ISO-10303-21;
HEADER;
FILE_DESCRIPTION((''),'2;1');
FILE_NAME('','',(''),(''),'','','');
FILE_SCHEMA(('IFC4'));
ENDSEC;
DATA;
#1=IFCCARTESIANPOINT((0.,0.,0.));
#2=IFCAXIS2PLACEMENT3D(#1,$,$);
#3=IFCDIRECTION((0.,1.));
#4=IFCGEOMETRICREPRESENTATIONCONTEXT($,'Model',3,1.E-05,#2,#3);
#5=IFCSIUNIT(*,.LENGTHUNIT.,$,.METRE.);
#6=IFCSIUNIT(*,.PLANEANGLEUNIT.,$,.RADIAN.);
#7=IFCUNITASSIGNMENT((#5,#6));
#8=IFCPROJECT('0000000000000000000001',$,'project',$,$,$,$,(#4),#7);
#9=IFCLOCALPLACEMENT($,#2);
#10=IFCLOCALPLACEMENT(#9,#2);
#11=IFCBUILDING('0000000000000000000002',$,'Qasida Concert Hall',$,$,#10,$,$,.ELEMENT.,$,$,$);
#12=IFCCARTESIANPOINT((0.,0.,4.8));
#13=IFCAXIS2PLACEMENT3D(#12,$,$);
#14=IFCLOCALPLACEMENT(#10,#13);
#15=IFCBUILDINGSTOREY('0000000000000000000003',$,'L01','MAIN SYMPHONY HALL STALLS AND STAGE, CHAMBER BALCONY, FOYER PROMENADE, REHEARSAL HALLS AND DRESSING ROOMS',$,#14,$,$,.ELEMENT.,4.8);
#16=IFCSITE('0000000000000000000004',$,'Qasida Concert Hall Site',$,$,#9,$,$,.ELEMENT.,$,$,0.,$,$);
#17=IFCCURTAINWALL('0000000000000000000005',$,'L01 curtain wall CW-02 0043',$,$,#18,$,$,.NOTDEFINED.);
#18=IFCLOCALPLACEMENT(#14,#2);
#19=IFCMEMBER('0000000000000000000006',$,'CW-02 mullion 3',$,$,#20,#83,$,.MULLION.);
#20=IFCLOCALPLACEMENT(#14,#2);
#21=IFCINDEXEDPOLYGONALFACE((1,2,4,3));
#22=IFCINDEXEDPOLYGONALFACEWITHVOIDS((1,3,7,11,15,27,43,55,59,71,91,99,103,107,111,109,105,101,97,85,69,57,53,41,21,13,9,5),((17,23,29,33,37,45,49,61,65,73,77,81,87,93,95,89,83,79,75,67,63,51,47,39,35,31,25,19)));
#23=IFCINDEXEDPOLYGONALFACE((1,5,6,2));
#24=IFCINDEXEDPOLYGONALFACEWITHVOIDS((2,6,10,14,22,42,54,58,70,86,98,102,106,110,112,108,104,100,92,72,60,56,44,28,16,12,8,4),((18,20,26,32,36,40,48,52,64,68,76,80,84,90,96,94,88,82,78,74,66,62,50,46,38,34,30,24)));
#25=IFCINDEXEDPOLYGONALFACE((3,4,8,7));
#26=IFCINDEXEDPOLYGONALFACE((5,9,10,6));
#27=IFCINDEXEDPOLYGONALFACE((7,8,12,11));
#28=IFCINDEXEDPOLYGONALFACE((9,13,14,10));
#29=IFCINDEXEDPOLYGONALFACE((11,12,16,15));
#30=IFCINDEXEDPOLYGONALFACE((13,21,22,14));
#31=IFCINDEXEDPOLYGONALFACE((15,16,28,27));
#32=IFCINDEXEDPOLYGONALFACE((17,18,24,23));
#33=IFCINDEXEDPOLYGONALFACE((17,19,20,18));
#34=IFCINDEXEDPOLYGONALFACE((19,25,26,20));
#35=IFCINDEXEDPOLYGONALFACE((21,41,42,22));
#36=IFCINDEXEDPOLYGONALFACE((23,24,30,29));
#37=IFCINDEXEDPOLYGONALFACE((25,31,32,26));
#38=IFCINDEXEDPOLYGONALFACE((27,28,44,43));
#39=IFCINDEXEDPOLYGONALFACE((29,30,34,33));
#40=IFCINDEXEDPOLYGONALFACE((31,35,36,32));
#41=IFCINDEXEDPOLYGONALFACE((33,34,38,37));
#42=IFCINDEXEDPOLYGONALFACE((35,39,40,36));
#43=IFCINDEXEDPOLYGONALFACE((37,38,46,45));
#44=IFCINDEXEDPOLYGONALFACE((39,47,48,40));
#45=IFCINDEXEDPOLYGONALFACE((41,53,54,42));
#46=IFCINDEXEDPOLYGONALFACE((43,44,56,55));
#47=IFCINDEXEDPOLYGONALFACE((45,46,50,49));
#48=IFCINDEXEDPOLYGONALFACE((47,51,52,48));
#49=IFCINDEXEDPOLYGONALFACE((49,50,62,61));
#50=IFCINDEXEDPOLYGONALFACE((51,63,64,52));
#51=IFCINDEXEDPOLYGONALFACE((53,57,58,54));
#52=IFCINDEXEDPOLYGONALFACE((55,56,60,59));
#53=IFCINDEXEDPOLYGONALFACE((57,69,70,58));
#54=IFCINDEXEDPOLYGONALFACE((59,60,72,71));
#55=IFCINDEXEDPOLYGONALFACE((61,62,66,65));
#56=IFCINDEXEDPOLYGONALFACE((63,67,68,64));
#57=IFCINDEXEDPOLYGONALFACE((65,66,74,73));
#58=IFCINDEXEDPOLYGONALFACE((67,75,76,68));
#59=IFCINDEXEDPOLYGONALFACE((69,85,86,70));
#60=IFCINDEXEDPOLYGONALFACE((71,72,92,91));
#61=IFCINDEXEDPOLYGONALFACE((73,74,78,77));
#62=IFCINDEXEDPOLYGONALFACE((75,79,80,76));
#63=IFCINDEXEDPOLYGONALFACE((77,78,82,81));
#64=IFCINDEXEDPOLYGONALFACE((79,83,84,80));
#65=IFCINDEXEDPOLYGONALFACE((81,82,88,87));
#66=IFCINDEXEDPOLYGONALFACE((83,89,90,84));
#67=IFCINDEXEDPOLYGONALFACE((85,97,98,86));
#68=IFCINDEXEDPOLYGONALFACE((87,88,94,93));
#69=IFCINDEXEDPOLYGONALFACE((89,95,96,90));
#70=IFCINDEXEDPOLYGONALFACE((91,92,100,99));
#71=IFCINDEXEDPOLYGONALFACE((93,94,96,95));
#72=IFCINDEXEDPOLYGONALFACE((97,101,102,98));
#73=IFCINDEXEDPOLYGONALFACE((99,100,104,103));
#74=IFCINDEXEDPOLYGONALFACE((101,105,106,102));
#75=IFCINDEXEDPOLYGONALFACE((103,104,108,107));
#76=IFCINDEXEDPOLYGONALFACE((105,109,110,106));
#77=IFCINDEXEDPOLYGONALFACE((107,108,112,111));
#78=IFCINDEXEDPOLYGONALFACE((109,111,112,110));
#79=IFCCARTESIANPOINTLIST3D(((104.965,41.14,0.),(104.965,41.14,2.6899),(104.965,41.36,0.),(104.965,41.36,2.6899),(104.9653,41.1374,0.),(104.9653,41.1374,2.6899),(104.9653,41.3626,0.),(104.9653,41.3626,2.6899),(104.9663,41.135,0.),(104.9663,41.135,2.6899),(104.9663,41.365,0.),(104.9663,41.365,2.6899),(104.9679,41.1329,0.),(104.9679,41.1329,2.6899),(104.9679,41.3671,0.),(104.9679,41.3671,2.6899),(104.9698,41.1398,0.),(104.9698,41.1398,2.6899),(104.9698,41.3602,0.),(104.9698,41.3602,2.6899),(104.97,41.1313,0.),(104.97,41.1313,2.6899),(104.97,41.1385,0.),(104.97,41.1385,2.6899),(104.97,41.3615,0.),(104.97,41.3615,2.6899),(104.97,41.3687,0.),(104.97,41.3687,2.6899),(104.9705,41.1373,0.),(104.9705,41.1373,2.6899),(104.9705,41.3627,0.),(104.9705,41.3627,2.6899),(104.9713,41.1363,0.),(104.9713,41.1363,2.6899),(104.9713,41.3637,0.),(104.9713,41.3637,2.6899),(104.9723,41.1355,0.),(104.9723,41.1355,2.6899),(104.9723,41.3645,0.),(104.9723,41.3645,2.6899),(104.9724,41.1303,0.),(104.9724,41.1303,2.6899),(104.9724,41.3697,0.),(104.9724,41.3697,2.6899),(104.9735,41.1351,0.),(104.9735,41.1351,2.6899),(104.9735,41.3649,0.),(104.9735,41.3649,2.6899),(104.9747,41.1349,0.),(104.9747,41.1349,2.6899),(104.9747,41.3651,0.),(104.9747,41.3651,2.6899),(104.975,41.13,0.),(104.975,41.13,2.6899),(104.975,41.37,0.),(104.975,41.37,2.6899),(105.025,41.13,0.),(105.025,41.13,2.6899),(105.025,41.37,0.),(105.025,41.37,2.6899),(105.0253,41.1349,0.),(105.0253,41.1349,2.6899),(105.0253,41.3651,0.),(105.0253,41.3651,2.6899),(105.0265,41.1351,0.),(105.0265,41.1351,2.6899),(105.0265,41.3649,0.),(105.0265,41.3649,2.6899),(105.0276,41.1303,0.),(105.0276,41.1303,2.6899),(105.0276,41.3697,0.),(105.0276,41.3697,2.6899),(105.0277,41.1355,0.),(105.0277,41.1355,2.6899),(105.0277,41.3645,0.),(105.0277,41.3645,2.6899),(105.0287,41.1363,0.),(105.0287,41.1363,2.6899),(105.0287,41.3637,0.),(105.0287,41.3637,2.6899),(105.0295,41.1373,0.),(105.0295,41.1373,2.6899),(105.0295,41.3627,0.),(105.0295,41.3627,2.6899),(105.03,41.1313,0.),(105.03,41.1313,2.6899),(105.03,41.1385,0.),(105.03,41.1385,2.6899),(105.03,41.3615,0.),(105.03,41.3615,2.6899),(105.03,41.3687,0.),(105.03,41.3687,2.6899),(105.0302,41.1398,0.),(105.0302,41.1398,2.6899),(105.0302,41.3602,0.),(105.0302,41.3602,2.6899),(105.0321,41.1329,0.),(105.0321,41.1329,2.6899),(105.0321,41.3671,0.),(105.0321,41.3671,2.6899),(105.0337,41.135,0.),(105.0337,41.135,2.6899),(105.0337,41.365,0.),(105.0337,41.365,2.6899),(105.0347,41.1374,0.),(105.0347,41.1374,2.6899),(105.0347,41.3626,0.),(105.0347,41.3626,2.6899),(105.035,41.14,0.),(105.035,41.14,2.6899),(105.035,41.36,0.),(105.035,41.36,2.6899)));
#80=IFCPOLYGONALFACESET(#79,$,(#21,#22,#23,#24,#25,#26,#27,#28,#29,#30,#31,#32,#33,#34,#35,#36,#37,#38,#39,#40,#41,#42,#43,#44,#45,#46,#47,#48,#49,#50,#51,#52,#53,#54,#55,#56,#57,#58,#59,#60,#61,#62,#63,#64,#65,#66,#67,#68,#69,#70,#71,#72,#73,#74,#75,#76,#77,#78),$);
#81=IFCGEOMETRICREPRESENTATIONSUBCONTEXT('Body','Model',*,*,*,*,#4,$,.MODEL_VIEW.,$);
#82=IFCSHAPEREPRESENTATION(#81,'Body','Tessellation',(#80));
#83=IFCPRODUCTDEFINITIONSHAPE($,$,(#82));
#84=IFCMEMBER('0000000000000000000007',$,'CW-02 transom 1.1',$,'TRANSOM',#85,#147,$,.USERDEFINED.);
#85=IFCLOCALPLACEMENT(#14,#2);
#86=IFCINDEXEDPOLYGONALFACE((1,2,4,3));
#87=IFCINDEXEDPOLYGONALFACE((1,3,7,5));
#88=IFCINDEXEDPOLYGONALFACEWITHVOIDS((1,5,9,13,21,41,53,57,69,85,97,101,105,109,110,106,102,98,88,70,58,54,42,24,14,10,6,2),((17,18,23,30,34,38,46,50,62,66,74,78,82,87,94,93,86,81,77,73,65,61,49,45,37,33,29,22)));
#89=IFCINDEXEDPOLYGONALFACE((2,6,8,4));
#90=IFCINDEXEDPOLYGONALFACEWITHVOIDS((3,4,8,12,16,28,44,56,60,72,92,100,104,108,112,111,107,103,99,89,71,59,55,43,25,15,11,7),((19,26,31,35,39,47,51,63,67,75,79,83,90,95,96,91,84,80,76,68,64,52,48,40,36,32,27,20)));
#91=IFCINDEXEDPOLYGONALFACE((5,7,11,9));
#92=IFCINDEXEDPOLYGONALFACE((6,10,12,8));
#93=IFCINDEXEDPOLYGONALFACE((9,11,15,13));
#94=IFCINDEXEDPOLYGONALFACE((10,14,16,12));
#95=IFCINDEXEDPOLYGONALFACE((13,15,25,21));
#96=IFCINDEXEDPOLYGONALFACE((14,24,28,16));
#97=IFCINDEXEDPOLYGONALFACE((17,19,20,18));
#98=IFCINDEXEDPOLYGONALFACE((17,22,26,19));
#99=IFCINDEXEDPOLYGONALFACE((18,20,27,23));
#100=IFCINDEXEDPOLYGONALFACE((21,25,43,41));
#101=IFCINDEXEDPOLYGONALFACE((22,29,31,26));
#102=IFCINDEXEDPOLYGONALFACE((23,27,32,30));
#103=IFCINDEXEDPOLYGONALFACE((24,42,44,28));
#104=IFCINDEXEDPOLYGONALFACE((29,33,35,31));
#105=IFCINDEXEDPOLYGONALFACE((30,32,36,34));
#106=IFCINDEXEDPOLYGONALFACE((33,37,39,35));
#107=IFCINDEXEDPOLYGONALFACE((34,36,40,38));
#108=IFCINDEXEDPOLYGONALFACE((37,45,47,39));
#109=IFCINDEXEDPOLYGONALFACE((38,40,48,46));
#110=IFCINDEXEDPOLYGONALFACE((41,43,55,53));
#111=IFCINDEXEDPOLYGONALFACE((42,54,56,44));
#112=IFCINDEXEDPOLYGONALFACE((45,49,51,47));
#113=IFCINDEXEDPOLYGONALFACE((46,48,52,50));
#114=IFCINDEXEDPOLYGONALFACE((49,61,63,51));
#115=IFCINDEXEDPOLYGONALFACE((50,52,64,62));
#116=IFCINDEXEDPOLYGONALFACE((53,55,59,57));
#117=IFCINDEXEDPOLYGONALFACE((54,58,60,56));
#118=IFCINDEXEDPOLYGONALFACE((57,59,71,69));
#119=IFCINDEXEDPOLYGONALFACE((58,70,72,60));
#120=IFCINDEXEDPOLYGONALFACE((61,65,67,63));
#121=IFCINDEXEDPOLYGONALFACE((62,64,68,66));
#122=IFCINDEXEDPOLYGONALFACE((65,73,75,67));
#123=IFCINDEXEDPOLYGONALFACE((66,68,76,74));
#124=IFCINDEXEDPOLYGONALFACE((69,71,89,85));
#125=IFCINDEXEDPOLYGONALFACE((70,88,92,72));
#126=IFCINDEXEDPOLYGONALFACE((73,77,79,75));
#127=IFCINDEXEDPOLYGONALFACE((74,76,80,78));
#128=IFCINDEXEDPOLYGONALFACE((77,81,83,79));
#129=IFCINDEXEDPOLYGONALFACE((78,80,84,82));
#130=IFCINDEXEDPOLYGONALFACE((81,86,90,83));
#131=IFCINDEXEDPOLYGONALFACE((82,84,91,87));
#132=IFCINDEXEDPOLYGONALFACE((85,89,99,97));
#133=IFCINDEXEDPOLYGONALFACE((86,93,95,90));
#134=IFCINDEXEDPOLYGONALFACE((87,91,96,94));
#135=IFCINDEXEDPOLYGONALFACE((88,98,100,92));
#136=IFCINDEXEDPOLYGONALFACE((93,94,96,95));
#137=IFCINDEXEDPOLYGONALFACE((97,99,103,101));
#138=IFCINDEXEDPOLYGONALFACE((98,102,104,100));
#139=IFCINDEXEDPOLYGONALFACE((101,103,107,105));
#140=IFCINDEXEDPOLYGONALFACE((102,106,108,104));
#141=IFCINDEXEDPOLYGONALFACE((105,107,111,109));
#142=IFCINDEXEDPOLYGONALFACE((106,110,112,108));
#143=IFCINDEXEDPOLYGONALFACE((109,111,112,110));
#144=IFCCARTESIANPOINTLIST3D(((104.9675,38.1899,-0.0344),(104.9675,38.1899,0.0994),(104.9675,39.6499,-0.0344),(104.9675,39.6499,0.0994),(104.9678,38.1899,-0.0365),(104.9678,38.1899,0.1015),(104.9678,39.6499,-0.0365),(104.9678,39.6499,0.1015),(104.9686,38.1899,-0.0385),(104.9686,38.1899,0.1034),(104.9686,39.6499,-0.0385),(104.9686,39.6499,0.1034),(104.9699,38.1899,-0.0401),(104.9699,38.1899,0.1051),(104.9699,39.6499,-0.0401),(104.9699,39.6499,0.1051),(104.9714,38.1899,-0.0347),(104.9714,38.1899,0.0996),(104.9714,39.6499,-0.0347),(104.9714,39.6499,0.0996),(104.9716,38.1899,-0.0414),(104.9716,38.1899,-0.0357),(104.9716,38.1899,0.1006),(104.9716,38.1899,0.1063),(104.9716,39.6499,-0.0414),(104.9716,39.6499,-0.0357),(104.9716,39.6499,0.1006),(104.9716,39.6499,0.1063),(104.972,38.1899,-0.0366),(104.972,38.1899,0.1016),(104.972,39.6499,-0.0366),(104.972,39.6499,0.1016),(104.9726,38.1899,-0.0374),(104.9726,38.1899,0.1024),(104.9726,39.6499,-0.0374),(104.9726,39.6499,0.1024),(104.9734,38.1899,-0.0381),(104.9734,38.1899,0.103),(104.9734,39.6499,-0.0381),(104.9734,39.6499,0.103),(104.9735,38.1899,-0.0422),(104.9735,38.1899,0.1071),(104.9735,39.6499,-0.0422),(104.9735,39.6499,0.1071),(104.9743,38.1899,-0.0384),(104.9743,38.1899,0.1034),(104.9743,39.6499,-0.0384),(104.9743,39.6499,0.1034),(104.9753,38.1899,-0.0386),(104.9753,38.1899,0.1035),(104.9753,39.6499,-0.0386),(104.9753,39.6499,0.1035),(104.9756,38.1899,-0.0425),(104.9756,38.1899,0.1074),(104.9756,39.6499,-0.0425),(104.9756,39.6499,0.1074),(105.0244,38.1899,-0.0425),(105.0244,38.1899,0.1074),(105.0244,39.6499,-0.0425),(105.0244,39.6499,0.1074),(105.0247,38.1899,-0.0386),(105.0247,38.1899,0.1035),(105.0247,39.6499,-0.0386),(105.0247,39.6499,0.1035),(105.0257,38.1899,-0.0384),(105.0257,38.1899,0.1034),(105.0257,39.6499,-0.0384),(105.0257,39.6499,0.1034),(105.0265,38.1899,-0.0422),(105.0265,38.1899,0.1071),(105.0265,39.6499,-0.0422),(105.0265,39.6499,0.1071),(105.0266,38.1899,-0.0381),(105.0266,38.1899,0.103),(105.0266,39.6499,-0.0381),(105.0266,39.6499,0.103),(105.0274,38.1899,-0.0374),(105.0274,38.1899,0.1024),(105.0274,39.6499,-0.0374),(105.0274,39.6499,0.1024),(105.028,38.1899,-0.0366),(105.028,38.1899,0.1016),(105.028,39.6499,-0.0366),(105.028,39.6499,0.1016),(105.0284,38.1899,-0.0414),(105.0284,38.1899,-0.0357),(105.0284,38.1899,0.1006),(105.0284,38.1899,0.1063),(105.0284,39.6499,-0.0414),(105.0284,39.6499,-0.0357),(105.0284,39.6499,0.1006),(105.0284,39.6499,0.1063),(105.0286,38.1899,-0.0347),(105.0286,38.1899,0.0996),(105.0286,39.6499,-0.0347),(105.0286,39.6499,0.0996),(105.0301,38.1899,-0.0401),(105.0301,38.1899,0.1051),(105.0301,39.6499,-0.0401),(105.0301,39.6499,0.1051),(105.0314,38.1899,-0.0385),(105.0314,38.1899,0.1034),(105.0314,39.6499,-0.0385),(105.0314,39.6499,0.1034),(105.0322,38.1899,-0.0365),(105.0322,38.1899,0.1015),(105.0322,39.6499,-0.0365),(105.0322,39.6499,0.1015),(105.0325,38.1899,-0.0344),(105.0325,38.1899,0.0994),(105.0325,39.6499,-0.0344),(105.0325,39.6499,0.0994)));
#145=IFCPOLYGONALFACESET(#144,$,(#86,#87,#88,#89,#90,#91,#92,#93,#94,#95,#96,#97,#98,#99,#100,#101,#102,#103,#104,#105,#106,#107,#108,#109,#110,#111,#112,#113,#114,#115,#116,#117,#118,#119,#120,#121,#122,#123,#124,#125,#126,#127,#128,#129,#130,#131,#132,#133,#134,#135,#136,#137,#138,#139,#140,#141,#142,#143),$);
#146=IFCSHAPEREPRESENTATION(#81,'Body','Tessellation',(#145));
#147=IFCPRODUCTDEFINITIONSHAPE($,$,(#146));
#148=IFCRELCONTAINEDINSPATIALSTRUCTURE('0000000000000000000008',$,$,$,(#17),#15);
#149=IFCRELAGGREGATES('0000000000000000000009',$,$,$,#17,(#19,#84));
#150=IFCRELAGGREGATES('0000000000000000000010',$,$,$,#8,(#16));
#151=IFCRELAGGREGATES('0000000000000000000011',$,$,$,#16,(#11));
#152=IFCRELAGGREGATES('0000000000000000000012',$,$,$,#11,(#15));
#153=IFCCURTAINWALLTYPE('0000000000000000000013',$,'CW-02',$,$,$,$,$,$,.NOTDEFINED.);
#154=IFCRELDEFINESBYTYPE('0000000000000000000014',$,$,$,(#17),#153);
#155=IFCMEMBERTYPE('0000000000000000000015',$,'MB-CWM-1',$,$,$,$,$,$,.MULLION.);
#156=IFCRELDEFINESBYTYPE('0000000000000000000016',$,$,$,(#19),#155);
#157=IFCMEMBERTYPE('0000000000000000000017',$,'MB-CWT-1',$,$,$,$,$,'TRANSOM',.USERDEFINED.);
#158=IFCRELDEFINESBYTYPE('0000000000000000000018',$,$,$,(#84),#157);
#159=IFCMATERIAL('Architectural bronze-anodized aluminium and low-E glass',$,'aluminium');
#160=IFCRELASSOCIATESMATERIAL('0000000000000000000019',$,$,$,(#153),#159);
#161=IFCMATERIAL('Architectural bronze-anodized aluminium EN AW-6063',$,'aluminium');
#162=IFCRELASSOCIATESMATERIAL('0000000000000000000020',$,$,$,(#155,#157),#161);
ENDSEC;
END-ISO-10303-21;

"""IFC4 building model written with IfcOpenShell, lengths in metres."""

from ifc_helpers import new_model, si_unit, direction, frame, origin, origin_2d, place, context, subcontext, project, spatial, hollow_rectangle, extrude, material, material_profile, profile_set, type_object, element, aggregate, save


model = new_model("IFC4")

# Units and contexts
model_context = context("Model", 3, precision=1e-05, world=origin(), true_north=direction((0.0, 1.0)))
body_context = subcontext(model_context, "Body", "Model", "MODEL_VIEW")
ifc_project = project(units=[si_unit("LENGTHUNIT", "METRE"), si_unit("PLANEANGLEUNIT", "RADIAN")], contexts=[model_context])

# Site, building, storey
site_placement = place(None, origin())
site = spatial("IfcSite", under=ifc_project, at=site_placement, Name="Qasida Concert Hall Site", CompositionType="ELEMENT", RefElevation=0.0)
building_placement = place(site_placement, origin())
building = spatial("IfcBuilding", under=site, at=building_placement, Name="Qasida Concert Hall", CompositionType="ELEMENT")
storey_placement = place(building_placement, frame((0.0, 0.0, 4.8)))
storey = spatial("IfcBuildingStorey", under=building, at=storey_placement, Name="L01", Description="MAIN SYMPHONY HALL STALLS AND STAGE, CHAMBER BALCONY, FOYER PROMENADE, REHEARSAL HALLS AND DRESSING ROOMS", CompositionType="ELEMENT", Elevation=4.8)

# Curtain wall, members
ifc_material_1 = material(Name="Architectural bronze-anodized aluminium and low-E glass", Category="aluminium")
curtain_wall_type = type_object("IfcCurtainWallType", Name="CW-02", PredefinedType="NOTDEFINED", material=ifc_material_1)
curtain_wall_placement = place(storey_placement, origin())
curtain_wall = element("IfcCurtainWall", 1, at=curtain_wall_placement, inside=storey, type_object=curtain_wall_type, Name="L01 curtain wall CW-02 0043", PredefinedType="NOTDEFINED")
ifc_material_2 = material(Name="Architectural bronze-anodized aluminium EN AW-6063", Category="aluminium")
ifc_material_profile_1 = material_profile(ifc_material_2, hollow_rectangle(XDim=0.0701, YDim=0.24, WallThickness=0.0049, InnerFilletRadius=0.0049, OuterFilletRadius=0.01, at=origin_2d()), Name="CWM 240x70x5")
ifc_profile_set_1 = profile_set([ifc_material_profile_1], Name="Architectural bronze-anodized aluminium EN AW-6063")
member_type_1 = type_object("IfcMemberType", Name="MB-CWM-1", PredefinedType="MULLION", material=ifc_profile_set_1)
member_1_placement = place(storey_placement, frame((105.0, 41.25, 0.0), z_axis=(0.0, 0.0, 1.0), x_axis=(-1.0, 0.0, 0.0)))
member_1 = element("IfcMember", 2, at=member_1_placement, type_object=member_type_1, Name="CW-02 mullion 3", PredefinedType="MULLION", context=body_context, shape_type="SweptSolid", body=[
    extrude(hollow_rectangle(XDim=0.0701, YDim=0.24, WallThickness=0.0049, InnerFilletRadius=0.0049, OuterFilletRadius=0.01, at=origin_2d()), origin(), (0.0, 0.0, 1.0), 2.6899),
])
ifc_material_profile_2 = material_profile(ifc_material_2, hollow_rectangle(XDim=0.0649, YDim=0.1499, WallThickness=0.0039, InnerFilletRadius=0.0039, OuterFilletRadius=0.0081, at=origin_2d()), Name="CWT 150x65x4")
ifc_profile_set_2 = profile_set([ifc_material_profile_2], Name="Architectural bronze-anodized aluminium EN AW-6063")
member_type_2 = type_object("IfcMemberType", Name="MB-CWT-1", ElementType="TRANSOM", PredefinedType="USERDEFINED", material=ifc_profile_set_2)
member_2_placement = place(storey_placement, frame((105.0, 38.1899, 0.0325), z_axis=(0.0, 1.0, 0.0), x_axis=(-1.0, 0.0, 0.0)))
member_2 = element("IfcMember", 3, at=member_2_placement, type_object=member_type_2, Name="CW-02 transom 1.1", ObjectType="TRANSOM", PredefinedType="USERDEFINED", context=body_context, shape_type="SweptSolid", body=[
    extrude(hollow_rectangle(XDim=0.0649, YDim=0.1499, WallThickness=0.0039, InnerFilletRadius=0.0039, OuterFilletRadius=0.0081, at=origin_2d()), origin(), (0.0, 0.0, 1.0), 1.46),
])
aggregate(curtain_wall, [member_1, member_2])

save(model, "model.ifc")
